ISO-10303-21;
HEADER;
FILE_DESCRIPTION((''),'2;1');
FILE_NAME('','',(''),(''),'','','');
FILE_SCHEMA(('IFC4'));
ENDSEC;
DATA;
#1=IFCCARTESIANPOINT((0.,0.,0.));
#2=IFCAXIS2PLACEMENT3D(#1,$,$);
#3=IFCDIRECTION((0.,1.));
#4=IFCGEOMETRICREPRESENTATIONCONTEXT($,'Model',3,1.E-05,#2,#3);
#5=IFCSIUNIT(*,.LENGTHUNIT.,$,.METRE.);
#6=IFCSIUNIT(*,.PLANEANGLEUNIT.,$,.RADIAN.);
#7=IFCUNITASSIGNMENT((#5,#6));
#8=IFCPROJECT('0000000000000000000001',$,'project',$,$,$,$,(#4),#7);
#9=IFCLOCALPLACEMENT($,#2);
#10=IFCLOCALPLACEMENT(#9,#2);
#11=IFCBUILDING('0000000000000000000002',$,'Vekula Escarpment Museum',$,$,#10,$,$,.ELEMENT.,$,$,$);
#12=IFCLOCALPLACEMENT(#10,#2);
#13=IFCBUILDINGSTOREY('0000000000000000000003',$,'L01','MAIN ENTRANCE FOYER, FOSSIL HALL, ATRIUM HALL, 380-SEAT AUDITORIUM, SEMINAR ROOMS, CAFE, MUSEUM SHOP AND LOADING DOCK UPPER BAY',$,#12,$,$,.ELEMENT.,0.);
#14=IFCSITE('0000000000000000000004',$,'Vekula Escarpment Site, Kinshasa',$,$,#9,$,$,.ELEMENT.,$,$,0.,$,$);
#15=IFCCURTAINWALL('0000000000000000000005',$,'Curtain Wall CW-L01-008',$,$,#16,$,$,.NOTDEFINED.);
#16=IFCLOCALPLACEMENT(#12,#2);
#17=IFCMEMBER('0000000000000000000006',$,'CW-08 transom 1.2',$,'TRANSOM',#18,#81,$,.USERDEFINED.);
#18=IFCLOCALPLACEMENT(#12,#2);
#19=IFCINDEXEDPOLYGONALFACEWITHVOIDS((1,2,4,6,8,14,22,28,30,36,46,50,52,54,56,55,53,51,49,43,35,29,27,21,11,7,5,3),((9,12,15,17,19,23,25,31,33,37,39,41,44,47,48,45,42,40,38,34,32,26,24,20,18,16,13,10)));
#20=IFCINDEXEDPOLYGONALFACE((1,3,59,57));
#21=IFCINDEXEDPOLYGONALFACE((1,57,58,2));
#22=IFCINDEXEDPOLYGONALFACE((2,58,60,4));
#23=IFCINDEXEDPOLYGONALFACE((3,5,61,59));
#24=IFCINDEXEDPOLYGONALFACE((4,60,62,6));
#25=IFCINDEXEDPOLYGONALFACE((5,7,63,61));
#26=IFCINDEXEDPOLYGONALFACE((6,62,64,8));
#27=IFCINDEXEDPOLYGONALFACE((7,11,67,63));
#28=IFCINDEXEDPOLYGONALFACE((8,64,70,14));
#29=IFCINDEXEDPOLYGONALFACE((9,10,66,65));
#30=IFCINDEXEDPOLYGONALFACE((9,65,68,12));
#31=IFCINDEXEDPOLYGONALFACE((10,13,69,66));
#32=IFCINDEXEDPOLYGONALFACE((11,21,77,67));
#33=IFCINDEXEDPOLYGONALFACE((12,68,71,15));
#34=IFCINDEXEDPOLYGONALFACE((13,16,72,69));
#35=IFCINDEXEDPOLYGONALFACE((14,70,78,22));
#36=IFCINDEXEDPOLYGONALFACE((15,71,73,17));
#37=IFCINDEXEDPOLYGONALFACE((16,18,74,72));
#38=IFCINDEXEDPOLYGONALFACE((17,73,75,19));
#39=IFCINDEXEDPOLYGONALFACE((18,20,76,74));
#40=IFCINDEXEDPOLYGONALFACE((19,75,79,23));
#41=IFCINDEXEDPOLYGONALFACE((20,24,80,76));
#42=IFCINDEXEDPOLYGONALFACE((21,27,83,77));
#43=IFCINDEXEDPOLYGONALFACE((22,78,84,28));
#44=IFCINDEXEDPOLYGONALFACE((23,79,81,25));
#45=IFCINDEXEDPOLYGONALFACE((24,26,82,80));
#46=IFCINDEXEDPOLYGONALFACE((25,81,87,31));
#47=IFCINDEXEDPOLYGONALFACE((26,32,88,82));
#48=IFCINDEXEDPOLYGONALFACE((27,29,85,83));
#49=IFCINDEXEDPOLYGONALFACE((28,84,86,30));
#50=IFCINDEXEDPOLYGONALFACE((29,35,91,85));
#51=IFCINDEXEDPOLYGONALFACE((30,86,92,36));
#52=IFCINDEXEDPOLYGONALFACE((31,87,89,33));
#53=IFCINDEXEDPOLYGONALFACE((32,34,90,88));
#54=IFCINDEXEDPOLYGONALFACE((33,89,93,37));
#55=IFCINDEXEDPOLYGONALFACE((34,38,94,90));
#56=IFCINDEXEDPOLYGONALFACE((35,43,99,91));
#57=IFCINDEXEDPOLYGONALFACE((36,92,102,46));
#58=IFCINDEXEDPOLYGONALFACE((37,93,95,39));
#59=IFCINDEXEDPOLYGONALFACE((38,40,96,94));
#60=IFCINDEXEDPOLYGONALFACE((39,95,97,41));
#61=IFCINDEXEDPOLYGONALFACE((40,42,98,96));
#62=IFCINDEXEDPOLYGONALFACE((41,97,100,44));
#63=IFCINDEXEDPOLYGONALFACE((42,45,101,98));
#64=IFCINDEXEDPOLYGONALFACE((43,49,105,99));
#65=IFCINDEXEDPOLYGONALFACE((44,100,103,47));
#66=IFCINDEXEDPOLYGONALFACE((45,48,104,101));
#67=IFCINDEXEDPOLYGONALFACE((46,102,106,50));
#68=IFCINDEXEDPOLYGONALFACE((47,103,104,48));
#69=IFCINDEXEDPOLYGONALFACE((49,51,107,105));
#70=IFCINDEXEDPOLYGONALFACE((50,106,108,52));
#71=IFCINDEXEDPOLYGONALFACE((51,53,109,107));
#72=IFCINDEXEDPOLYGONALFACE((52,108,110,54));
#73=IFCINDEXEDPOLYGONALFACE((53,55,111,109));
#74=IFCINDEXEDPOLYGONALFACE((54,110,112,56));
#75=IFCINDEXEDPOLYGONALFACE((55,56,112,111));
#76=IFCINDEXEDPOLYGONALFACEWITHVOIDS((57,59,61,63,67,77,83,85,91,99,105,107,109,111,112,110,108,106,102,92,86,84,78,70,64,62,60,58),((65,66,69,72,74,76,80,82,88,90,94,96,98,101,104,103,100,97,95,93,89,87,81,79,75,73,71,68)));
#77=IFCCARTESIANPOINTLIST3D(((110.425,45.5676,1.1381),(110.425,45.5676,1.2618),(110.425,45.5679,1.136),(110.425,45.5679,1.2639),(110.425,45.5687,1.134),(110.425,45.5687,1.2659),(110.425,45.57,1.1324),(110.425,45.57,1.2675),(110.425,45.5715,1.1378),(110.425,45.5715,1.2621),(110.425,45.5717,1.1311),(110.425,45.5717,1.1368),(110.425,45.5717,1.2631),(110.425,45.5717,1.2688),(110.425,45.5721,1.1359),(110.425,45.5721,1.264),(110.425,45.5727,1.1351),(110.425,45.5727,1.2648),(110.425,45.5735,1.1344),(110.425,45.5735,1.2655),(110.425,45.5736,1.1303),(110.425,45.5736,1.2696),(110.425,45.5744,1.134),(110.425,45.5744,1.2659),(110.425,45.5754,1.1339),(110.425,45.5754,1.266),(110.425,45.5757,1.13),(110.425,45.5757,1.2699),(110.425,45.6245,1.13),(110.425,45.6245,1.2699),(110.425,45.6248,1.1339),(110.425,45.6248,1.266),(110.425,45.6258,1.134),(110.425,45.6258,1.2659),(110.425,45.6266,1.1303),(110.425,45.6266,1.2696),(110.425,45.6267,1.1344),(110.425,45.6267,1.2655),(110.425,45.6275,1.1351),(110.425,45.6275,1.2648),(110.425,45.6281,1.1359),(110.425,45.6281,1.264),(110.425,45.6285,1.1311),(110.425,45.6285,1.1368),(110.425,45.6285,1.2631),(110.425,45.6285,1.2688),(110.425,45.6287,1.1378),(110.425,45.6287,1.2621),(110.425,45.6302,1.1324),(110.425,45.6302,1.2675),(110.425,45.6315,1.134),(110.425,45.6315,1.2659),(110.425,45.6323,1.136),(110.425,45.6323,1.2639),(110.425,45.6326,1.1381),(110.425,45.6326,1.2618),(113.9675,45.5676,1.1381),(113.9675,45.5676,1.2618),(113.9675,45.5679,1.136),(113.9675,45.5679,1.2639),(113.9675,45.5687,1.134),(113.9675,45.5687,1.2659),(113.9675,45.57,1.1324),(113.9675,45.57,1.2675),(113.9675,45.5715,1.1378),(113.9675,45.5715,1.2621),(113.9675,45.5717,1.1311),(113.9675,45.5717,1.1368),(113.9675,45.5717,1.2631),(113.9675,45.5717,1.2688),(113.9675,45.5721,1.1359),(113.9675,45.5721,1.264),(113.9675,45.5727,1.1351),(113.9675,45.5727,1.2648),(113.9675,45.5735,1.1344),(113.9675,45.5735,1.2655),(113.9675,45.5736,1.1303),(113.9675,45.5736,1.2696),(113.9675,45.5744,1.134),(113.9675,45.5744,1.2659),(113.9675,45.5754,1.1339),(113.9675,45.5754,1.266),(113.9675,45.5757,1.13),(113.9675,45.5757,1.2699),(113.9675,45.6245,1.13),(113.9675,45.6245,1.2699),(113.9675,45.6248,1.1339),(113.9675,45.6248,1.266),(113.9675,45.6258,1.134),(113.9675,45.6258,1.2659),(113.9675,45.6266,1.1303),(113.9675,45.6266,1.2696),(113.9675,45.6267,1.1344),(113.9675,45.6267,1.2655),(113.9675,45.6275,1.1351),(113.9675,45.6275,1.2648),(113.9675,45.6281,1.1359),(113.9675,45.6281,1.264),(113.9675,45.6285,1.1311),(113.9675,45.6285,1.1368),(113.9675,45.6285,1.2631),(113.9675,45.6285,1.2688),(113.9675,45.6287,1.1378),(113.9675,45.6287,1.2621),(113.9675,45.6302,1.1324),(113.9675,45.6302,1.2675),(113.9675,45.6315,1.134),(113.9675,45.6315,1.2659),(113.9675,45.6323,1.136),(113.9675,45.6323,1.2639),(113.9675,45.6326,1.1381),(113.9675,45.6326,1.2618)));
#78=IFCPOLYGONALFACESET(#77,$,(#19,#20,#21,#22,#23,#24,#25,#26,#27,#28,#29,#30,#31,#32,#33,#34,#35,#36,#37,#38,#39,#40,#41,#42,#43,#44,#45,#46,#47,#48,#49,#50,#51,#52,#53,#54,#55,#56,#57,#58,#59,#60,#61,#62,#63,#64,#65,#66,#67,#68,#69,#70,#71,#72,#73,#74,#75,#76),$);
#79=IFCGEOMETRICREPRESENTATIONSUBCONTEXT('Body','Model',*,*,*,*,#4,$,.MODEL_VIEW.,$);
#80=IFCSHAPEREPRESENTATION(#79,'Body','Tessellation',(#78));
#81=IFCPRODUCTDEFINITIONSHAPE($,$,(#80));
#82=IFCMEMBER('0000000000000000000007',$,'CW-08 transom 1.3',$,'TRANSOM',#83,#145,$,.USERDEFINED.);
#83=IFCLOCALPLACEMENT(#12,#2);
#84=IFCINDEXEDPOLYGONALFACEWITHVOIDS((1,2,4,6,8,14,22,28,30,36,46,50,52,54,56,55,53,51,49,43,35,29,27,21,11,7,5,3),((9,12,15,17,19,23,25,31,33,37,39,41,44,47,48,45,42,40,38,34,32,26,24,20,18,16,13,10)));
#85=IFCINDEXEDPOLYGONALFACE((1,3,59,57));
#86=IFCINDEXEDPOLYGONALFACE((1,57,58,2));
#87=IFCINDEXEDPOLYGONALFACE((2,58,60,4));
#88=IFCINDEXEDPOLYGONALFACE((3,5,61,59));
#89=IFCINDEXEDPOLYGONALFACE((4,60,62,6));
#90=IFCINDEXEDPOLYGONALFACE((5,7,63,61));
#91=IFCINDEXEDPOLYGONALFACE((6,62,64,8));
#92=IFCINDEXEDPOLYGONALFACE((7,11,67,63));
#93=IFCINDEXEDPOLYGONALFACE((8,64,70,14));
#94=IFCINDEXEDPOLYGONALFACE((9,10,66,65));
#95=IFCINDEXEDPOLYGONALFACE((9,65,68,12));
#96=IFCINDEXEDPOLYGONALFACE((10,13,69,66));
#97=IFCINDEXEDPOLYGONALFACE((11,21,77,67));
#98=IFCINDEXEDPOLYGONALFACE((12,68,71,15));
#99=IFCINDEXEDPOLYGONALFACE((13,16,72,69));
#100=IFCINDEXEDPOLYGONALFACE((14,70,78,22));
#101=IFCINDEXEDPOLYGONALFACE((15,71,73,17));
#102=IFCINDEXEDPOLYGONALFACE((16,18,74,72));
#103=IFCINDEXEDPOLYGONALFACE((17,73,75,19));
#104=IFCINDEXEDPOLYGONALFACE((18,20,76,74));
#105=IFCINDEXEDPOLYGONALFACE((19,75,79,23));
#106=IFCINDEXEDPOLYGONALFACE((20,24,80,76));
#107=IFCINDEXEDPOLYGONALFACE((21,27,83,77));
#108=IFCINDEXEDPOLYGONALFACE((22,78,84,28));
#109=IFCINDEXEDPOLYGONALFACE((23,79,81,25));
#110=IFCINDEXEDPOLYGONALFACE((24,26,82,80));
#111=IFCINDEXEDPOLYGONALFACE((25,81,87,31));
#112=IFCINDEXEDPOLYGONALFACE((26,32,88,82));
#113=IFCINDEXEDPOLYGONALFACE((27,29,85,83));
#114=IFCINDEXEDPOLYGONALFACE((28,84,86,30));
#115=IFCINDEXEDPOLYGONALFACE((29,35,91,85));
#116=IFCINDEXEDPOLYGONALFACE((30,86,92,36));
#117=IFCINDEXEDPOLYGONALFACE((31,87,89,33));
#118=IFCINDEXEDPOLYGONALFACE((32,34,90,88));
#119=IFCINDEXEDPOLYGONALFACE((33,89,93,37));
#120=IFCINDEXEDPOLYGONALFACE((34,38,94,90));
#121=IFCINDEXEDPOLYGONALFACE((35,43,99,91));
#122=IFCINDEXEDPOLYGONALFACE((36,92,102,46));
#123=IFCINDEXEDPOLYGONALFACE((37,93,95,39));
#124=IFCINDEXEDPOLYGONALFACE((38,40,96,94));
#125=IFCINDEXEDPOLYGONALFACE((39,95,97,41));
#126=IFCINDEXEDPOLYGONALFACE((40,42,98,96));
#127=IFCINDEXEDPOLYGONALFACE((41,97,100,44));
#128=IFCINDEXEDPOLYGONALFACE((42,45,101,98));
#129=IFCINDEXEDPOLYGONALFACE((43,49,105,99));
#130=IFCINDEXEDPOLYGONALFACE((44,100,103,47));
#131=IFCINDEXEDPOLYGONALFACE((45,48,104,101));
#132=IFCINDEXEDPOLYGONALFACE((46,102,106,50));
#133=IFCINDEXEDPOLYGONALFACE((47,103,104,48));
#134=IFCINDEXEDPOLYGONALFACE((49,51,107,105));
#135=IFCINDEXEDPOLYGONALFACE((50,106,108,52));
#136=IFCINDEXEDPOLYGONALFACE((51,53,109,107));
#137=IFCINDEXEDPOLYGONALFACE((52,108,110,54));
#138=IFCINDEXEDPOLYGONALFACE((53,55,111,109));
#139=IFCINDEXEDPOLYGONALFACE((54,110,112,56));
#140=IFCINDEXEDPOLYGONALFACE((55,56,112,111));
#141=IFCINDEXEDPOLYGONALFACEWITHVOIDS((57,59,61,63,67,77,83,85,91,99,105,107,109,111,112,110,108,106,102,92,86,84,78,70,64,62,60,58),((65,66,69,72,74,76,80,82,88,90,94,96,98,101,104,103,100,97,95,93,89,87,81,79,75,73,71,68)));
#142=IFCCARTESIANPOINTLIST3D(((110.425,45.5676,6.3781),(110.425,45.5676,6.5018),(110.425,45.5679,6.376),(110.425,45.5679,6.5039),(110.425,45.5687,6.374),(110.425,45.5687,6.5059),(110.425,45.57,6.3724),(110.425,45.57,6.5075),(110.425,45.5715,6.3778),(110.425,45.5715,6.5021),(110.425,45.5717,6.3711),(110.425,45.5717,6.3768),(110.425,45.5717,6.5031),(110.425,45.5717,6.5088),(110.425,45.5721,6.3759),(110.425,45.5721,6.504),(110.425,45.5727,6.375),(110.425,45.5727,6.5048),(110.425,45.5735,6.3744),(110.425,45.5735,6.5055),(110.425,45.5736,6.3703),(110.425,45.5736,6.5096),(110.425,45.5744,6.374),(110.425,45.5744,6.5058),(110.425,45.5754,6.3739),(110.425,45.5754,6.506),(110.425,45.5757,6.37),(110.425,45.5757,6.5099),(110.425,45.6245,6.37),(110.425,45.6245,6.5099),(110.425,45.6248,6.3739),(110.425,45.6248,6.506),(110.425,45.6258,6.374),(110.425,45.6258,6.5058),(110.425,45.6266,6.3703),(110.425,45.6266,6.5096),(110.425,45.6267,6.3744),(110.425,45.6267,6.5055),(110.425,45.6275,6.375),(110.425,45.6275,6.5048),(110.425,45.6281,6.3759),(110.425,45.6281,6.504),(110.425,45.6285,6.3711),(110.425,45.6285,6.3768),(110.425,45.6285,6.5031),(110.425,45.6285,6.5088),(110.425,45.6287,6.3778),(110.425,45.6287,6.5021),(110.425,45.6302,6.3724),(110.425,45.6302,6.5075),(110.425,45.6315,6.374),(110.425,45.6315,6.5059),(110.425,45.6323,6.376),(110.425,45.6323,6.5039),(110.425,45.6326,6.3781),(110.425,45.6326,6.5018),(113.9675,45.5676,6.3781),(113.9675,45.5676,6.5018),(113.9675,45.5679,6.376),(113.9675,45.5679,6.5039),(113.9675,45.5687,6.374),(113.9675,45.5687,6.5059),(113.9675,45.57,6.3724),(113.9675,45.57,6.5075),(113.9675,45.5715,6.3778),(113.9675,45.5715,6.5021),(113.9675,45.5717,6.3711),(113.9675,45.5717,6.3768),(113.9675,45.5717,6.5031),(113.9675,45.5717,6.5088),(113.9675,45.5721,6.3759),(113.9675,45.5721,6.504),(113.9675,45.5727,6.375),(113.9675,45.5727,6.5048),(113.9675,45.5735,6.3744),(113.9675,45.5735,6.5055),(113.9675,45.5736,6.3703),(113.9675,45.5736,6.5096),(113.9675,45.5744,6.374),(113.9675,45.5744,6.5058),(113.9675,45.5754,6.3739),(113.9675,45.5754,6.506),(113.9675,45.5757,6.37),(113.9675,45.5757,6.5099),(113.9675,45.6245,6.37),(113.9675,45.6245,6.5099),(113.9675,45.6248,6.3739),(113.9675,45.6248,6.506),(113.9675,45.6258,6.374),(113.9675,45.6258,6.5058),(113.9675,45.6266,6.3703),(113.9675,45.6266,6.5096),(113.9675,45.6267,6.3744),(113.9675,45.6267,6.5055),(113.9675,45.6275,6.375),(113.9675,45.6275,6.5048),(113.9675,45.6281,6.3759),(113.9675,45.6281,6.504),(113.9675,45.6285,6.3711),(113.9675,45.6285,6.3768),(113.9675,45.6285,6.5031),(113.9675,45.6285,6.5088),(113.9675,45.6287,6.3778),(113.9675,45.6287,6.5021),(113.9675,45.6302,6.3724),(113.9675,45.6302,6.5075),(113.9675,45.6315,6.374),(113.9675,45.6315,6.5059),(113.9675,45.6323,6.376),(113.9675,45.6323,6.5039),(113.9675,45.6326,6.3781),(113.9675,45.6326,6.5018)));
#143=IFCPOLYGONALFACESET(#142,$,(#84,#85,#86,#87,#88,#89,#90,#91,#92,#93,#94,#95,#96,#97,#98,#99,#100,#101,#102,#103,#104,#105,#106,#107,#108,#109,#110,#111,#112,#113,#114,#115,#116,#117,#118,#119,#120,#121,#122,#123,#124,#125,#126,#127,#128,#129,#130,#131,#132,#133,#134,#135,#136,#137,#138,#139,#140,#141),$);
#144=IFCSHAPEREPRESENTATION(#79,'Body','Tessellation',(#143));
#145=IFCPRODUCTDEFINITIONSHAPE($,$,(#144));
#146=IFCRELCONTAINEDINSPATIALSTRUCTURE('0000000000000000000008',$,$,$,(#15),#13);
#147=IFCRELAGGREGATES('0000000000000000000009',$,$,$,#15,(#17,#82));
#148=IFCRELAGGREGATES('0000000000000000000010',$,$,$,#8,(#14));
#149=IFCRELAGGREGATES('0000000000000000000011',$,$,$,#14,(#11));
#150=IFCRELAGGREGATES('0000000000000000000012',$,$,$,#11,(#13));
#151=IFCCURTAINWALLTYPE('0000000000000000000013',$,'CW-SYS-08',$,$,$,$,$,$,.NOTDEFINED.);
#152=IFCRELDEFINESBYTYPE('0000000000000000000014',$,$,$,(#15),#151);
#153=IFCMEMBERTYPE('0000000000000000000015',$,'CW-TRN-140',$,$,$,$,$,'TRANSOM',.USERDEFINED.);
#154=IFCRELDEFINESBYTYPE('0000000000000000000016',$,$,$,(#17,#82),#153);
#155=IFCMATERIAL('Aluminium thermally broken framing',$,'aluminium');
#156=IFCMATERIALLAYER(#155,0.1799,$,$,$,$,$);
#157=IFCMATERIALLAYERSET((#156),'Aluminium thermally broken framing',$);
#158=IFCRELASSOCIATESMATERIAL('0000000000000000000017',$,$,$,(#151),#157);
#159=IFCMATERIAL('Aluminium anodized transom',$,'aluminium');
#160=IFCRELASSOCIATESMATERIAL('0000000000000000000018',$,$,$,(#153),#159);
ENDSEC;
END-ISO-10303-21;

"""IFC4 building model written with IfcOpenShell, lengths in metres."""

from ifc_helpers import new_model, si_unit, direction, frame, origin, origin_2d, place, context, subcontext, project, spatial, hollow_rectangle, extrude, material, layer, layer_set, material_profile, profile_set, type_object, element, aggregate, save


model = new_model("IFC4")

# Units and contexts
model_context = context("Model", 3, precision=1e-05, world=origin(), true_north=direction((0.0, 1.0)))
body_context = subcontext(model_context, "Body", "Model", "MODEL_VIEW")
ifc_project = project(units=[si_unit("LENGTHUNIT", "METRE"), si_unit("PLANEANGLEUNIT", "RADIAN")], contexts=[model_context])

# Site, building, storey
site_placement = place(None, origin())
site = spatial("IfcSite", under=ifc_project, at=site_placement, Name="Vekula Escarpment Site, Kinshasa", CompositionType="ELEMENT", RefElevation=0.0)
building_placement = place(site_placement, origin())
building = spatial("IfcBuilding", under=site, at=building_placement, Name="Vekula Escarpment Museum", CompositionType="ELEMENT")
storey_placement = place(building_placement, origin())
storey = spatial("IfcBuildingStorey", under=building, at=storey_placement, Name="L01", Description="MAIN ENTRANCE FOYER, FOSSIL HALL, ATRIUM HALL, 380-SEAT AUDITORIUM, SEMINAR ROOMS, CAFE, MUSEUM SHOP AND LOADING DOCK UPPER BAY", CompositionType="ELEMENT", Elevation=0.0)

# Curtain wall, members
ifc_material_1 = material(Name="Aluminium thermally broken framing", Category="aluminium")
ifc_layer_1 = layer(ifc_material_1, 0.1799)
ifc_layer_set_1 = layer_set([ifc_layer_1], Name="Aluminium thermally broken framing")
curtain_wall_type = type_object("IfcCurtainWallType", Name="CW-SYS-08", PredefinedType="NOTDEFINED", material=ifc_layer_set_1)
curtain_wall_placement = place(storey_placement, origin())
curtain_wall = element("IfcCurtainWall", 1, at=curtain_wall_placement, inside=storey, type_object=curtain_wall_type, Name="Curtain Wall CW-L01-008", PredefinedType="NOTDEFINED")
ifc_material_2 = material(Name="Aluminium anodized transom", Category="aluminium")
ifc_material_profile_1 = material_profile(ifc_material_2, hollow_rectangle(XDim=0.0649, YDim=0.1399, WallThickness=0.0039, InnerFilletRadius=0.0039, OuterFilletRadius=0.0081, at=origin_2d()), Name="ALU 140x65x4")
ifc_profile_set_1 = profile_set([ifc_material_profile_1], Name="Aluminium anodized transom")
member_type_1 = type_object("IfcMemberType", Name="CW-TRN-140", ElementType="TRANSOM", PredefinedType="USERDEFINED", material=ifc_profile_set_1)
member_1_placement = place(storey_placement, frame((110.425, 45.6001, 1.2), z_axis=(1.0, 0.0, 0.0), x_axis=(0.0, 1.0, 0.0)))
member_1 = element("IfcMember", 2, at=member_1_placement, type_object=member_type_1, Name="CW-08 transom 1.2", ObjectType="TRANSOM", PredefinedType="USERDEFINED", context=body_context, shape_type="SweptSolid", body=[
    extrude(hollow_rectangle(XDim=0.0649, YDim=0.1399, WallThickness=0.0039, InnerFilletRadius=0.0039, OuterFilletRadius=0.0081, at=origin_2d()), origin(), (0.0, 0.0, 1.0), 3.5425),
])
member_2_placement = place(storey_placement, frame((110.425, 45.6001, 6.4399), z_axis=(1.0, 0.0, 0.0), x_axis=(0.0, 1.0, 0.0)))
member_2 = element("IfcMember", 3, at=member_2_placement, type_object=member_type_1, Name="CW-08 transom 1.3", ObjectType="TRANSOM", PredefinedType="USERDEFINED", context=body_context, shape_type="SweptSolid", body=[
    extrude(hollow_rectangle(XDim=0.0649, YDim=0.1399, WallThickness=0.0039, InnerFilletRadius=0.0039, OuterFilletRadius=0.0081, at=origin_2d()), origin(), (0.0, 0.0, 1.0), 3.5425),
])
aggregate(curtain_wall, [member_1, member_2])

save(model, "model.ifc")
